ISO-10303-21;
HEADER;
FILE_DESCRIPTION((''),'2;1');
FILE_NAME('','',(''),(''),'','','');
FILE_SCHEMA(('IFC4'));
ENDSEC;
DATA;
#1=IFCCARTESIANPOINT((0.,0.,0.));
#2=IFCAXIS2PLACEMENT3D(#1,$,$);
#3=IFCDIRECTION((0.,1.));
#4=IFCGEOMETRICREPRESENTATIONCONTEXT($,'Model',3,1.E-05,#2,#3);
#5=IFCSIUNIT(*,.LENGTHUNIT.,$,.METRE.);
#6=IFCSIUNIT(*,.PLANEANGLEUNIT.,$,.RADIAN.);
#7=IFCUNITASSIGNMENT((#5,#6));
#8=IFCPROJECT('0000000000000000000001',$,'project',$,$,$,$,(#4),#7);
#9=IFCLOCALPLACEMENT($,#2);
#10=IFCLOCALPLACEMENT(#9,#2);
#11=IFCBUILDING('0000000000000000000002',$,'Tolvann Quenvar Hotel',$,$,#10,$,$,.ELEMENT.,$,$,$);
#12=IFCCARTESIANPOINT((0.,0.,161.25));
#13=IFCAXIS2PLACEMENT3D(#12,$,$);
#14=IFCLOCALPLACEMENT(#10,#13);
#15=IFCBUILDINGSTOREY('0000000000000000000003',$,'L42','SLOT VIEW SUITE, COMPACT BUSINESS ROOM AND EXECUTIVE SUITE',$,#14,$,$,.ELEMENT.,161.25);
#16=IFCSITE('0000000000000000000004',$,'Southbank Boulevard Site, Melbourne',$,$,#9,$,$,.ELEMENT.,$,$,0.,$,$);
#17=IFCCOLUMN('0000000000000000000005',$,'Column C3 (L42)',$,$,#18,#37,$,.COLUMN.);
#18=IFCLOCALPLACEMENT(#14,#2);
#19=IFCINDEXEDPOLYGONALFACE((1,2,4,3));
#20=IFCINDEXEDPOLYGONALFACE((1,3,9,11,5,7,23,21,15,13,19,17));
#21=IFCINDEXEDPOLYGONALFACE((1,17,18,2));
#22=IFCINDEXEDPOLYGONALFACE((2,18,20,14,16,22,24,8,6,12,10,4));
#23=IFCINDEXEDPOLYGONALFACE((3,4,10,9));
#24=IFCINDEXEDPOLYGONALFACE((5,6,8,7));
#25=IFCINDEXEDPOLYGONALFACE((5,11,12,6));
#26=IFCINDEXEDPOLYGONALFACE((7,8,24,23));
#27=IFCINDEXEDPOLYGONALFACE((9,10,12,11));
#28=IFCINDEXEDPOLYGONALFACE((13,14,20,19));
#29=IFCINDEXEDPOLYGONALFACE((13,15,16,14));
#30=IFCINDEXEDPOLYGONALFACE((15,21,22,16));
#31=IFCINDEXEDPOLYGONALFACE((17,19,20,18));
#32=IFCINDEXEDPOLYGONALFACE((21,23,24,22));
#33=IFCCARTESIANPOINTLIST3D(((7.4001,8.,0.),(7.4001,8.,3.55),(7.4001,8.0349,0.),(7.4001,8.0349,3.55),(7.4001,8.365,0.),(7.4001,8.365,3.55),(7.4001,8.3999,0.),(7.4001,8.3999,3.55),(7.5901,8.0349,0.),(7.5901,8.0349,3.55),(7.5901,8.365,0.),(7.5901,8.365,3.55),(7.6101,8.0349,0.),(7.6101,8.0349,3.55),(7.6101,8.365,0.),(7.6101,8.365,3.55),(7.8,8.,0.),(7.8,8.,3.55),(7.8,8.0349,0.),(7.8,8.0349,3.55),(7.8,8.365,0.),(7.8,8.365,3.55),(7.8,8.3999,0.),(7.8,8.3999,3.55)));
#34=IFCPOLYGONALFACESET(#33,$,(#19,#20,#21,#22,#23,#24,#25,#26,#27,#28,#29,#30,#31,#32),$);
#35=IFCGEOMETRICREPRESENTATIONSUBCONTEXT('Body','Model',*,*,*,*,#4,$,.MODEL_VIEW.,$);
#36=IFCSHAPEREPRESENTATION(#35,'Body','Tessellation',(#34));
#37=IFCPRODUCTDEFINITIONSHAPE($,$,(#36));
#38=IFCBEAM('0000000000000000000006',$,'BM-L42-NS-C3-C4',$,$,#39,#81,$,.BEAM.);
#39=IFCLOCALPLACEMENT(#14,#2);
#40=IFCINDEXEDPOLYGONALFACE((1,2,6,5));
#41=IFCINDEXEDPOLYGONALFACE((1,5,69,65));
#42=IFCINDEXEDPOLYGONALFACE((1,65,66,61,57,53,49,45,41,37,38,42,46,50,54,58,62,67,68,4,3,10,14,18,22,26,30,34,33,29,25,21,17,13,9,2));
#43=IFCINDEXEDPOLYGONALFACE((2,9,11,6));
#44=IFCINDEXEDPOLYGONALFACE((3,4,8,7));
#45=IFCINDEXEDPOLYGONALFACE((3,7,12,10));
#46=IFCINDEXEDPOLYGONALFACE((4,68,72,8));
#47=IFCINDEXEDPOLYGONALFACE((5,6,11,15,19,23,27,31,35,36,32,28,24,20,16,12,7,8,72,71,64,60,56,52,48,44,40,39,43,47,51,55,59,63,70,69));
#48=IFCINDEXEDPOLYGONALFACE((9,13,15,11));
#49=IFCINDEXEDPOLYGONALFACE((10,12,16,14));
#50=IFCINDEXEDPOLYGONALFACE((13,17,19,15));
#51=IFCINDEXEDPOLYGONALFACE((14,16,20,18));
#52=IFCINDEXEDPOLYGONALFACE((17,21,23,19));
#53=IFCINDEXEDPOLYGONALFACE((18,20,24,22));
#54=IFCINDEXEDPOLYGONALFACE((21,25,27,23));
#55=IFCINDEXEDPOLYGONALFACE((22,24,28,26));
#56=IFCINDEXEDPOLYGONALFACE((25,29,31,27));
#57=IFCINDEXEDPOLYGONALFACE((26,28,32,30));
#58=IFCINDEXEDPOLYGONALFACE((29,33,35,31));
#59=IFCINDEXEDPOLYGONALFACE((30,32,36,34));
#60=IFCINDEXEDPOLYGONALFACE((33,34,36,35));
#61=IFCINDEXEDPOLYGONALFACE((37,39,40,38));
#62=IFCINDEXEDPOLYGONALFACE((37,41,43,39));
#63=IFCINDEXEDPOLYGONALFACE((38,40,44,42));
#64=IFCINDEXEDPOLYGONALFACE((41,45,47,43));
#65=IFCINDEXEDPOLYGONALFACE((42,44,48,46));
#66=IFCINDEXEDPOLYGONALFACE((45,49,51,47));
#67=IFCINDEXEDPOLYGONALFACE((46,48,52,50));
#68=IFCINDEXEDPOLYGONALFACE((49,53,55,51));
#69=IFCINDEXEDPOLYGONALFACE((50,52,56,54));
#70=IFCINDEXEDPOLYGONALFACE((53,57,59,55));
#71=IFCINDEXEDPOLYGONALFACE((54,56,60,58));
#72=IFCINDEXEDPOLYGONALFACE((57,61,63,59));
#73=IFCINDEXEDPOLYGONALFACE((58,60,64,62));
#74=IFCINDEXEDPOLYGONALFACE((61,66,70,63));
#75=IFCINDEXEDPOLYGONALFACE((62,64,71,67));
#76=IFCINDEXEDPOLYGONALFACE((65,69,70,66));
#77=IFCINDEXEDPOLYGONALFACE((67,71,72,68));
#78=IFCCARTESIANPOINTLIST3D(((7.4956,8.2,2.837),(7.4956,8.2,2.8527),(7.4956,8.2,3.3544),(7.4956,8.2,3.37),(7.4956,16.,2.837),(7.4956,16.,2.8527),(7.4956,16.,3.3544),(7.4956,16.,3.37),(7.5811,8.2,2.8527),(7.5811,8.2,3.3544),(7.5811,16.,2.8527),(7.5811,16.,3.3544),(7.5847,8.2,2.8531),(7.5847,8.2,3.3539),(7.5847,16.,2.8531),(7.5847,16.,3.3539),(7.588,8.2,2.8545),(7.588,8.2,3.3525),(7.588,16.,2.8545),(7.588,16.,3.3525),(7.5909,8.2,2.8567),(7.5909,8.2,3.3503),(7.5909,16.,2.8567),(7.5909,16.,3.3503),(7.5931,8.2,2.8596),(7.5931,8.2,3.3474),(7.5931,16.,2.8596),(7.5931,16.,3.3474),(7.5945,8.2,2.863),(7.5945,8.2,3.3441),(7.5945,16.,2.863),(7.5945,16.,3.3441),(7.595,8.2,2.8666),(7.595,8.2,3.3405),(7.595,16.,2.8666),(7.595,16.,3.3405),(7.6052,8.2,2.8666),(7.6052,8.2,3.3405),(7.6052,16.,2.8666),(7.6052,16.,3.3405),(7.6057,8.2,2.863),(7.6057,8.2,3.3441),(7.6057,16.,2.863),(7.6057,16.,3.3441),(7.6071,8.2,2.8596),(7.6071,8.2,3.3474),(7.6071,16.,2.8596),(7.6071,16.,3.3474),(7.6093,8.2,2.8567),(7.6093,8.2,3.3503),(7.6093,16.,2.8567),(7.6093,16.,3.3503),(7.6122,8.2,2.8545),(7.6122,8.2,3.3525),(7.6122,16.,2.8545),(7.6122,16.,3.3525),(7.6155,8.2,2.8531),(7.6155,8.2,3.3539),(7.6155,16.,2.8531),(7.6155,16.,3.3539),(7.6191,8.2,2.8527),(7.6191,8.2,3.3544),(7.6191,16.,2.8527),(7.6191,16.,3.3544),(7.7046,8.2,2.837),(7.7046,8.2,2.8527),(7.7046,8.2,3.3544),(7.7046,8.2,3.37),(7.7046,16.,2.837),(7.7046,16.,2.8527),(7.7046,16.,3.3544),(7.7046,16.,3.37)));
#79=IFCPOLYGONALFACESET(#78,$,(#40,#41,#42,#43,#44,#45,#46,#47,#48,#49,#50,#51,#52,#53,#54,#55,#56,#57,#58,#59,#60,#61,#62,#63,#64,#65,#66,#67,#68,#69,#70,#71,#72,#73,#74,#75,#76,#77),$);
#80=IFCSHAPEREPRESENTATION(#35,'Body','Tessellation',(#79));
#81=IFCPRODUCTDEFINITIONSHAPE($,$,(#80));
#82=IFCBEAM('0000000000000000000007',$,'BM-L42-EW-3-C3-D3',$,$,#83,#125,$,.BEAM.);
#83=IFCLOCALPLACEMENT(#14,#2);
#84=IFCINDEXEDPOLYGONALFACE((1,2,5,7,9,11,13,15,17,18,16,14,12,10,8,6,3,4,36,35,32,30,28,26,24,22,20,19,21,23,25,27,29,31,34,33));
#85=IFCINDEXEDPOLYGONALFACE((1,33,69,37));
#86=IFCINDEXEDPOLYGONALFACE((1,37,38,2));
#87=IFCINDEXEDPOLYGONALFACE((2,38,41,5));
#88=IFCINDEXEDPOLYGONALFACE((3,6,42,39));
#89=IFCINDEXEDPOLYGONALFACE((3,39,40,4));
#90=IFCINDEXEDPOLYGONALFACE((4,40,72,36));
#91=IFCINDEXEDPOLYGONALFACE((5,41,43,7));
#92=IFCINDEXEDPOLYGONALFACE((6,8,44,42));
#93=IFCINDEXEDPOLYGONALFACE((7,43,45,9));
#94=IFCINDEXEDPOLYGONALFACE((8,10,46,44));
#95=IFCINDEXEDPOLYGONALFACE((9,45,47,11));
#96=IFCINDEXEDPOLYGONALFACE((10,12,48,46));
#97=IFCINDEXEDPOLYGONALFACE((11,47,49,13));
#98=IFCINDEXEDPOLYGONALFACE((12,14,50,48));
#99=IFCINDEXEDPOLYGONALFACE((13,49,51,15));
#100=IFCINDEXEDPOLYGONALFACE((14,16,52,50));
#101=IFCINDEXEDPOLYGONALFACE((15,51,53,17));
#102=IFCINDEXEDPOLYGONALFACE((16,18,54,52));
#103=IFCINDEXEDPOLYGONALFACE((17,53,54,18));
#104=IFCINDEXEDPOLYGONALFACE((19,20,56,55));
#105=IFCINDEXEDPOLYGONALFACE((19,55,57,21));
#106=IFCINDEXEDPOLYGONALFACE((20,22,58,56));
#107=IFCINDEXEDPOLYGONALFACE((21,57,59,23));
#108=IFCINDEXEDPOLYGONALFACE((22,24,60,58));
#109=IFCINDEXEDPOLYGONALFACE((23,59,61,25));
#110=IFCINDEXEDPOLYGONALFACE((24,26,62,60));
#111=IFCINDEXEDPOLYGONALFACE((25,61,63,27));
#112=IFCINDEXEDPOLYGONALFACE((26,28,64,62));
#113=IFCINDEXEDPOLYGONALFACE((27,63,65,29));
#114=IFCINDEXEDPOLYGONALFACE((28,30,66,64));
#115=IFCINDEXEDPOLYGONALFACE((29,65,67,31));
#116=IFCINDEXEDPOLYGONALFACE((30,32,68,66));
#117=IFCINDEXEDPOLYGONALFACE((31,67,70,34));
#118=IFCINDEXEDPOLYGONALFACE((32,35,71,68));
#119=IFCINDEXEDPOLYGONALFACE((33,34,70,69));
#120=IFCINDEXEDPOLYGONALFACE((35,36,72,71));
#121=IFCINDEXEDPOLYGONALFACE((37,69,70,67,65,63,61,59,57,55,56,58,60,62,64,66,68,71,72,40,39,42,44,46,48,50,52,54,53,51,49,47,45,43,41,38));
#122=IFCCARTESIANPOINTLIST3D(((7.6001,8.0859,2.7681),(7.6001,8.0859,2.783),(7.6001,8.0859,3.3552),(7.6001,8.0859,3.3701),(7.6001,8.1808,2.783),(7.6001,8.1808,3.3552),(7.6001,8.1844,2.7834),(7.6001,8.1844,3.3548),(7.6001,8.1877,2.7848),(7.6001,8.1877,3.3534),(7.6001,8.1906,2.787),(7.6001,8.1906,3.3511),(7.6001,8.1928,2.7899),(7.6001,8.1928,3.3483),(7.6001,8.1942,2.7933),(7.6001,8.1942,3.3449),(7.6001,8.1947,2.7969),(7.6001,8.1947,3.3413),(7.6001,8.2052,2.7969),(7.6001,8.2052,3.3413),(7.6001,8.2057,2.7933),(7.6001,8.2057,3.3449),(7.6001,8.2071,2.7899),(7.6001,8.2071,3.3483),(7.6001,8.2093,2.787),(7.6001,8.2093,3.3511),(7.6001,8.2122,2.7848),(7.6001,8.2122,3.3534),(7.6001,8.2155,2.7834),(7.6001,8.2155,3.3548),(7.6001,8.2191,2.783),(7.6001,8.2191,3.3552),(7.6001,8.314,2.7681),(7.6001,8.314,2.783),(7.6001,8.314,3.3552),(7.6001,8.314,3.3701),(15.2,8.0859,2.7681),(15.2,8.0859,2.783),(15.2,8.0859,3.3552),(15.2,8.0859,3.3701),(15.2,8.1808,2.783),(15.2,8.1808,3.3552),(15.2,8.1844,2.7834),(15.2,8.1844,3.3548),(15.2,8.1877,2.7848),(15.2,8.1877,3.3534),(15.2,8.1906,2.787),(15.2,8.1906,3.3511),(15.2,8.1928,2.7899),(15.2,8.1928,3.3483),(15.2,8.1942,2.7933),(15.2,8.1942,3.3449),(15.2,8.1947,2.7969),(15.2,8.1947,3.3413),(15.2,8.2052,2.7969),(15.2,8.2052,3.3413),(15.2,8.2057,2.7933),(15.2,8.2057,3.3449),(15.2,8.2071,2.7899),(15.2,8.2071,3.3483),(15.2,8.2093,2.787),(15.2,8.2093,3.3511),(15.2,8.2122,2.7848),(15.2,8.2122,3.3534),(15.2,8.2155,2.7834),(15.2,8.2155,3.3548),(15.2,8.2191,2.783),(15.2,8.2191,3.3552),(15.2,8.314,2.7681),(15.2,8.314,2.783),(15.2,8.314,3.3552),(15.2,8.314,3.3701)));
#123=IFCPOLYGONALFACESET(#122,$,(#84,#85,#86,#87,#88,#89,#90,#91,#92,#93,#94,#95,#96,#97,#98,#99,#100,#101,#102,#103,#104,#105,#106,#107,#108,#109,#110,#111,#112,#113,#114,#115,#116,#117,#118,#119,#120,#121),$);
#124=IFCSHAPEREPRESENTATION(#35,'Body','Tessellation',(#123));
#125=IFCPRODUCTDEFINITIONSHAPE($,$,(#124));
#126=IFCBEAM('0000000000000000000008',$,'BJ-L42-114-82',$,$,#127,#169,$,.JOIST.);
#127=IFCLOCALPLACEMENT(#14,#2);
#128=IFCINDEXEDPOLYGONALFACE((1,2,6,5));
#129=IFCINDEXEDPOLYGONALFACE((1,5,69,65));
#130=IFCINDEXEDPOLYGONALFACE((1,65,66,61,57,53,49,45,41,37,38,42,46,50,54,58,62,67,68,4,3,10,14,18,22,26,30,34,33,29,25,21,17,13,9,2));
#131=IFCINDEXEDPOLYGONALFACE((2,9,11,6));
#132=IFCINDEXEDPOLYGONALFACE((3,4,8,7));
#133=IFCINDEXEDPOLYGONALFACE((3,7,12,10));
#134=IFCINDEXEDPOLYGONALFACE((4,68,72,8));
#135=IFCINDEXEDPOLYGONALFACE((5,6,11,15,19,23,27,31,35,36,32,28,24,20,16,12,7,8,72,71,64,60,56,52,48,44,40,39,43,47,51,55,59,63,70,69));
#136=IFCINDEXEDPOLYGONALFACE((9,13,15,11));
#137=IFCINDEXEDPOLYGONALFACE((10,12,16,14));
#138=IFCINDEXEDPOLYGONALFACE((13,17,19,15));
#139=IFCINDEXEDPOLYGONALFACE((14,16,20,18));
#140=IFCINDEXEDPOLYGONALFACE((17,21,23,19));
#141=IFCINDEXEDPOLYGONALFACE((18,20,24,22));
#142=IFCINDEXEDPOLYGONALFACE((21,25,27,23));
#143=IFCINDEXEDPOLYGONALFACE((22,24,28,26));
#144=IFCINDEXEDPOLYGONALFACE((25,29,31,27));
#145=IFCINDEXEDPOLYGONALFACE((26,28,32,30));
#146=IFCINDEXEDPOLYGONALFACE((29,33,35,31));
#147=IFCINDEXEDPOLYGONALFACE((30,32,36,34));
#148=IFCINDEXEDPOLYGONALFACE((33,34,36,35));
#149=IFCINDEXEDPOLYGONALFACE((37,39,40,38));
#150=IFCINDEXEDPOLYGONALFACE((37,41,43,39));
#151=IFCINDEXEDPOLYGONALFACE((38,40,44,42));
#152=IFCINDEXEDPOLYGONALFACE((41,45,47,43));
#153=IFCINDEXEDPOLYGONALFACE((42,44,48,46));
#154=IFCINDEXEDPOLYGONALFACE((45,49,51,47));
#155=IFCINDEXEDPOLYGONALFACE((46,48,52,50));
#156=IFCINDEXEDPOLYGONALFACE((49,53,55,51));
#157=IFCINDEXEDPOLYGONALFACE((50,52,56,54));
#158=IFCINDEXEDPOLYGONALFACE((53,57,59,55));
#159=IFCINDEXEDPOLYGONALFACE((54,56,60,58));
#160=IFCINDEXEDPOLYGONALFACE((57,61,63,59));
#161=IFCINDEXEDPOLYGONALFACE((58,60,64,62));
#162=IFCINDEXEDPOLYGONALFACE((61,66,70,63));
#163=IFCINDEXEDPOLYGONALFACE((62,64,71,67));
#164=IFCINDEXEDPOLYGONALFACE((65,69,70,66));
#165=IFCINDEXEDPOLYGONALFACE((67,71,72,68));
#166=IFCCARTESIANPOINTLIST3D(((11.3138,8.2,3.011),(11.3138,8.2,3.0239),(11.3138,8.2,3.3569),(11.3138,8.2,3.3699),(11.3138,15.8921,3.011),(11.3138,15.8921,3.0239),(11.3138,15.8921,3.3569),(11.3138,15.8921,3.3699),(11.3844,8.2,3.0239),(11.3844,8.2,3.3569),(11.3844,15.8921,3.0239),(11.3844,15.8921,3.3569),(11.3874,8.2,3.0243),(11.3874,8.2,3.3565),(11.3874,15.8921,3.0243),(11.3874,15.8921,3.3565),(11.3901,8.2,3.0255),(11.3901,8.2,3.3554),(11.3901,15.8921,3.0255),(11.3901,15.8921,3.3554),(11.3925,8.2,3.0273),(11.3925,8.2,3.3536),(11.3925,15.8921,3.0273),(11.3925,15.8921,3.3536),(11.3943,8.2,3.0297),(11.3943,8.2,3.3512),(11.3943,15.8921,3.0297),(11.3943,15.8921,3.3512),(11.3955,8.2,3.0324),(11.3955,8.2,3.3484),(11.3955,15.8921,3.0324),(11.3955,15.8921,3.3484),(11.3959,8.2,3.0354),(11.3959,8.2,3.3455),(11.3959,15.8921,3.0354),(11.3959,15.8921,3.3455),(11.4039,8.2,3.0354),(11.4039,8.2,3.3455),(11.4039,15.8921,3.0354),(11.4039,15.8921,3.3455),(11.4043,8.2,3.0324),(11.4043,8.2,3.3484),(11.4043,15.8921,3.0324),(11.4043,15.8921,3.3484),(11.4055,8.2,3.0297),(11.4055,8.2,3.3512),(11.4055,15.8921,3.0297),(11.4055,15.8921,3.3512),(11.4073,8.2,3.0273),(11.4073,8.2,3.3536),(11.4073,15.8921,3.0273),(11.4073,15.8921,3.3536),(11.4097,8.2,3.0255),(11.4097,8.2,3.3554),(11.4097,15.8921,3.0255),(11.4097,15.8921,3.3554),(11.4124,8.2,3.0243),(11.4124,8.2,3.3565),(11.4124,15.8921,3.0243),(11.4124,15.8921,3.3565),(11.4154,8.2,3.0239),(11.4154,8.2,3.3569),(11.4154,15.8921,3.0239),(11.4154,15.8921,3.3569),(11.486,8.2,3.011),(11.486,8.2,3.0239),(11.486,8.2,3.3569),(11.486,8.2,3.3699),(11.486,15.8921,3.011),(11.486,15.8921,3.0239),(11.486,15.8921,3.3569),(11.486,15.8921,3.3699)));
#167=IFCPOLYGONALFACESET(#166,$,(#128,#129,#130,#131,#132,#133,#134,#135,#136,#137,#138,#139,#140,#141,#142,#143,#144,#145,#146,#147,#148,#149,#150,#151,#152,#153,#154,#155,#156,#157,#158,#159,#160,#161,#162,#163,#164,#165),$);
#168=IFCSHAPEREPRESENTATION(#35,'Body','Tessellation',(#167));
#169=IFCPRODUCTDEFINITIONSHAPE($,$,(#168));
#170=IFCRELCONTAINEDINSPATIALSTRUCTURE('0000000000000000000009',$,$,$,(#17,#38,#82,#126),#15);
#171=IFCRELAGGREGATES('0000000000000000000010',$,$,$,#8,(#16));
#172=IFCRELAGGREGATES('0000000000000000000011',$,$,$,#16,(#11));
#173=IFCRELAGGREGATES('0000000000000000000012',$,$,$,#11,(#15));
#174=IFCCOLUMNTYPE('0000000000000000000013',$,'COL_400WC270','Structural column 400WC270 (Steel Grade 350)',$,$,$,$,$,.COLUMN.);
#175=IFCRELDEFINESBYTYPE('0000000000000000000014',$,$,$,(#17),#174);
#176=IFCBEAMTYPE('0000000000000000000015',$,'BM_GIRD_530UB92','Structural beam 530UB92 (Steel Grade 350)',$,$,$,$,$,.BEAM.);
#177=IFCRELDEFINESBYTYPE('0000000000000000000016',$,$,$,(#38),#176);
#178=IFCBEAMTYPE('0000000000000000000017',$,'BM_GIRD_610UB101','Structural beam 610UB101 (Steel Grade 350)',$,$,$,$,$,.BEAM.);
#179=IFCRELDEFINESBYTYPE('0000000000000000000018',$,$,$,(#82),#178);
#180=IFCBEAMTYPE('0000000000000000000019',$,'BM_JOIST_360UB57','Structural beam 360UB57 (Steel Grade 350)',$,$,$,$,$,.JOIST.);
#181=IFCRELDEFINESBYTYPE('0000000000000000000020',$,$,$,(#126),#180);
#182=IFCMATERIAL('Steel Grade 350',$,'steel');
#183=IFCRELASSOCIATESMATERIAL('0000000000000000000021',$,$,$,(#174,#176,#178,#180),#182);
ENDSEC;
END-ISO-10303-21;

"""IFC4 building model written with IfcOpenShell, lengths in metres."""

from ifc_helpers import new_model, si_unit, direction, frame, origin, origin_2d, place, context, subcontext, project, spatial, i_section, extrude, source, transform, mapped, material, material_profile, profile_set, type_object, type_shapes, element, save


model = new_model("IFC4")

# Units and contexts
model_context = context("Model", 3, precision=1e-05, world=origin(), true_north=direction((0.0, 1.0)))
body_context = subcontext(model_context, "Body", "Model", "MODEL_VIEW")
ifc_project = project(units=[si_unit("LENGTHUNIT", "METRE"), si_unit("PLANEANGLEUNIT", "RADIAN")], contexts=[model_context])

# Site, building, storey
site_placement = place(None, origin())
site = spatial("IfcSite", under=ifc_project, at=site_placement, Name="Southbank Boulevard Site, Melbourne", CompositionType="ELEMENT", RefElevation=0.0)
building_placement = place(site_placement, origin())
building = spatial("IfcBuilding", under=site, at=building_placement, Name="Tolvann Quenvar Hotel", CompositionType="ELEMENT")
storey_placement = place(building_placement, frame((0.0, 0.0, 161.25)))
storey = spatial("IfcBuildingStorey", under=building, at=storey_placement, Name="L42", Description="SLOT VIEW SUITE, COMPACT BUSINESS ROOM AND EXECUTIVE SUITE", CompositionType="ELEMENT", Elevation=161.25)

# Column
ifc_material_1 = material(Name="Steel Grade 350", Category="steel")
ifc_material_profile_1 = material_profile(ifc_material_1, i_section(OverallWidth=0.3999, OverallDepth=0.3999, WebThickness=0.02, FlangeThickness=0.0349, at=origin_2d()), Name="400WC270")
ifc_profile_set_1 = profile_set([ifc_material_profile_1], Name="Steel Grade 350")
column_type = type_object("IfcColumnType", Name="COL_400WC270", Description="Structural column 400WC270 (Steel Grade 350)", PredefinedType="COLUMN", material=ifc_profile_set_1)
shared_shape_1 = source(origin(), body_context, "Body", "SweptSolid", [
    extrude(i_section(OverallWidth=0.3999, OverallDepth=0.3999, WebThickness=0.02, FlangeThickness=0.0349, at=origin_2d()), origin(), (0.0, 0.0, 1.0), 3.55),
])
type_shapes(column_type, [shared_shape_1])
column_placement = place(storey_placement, frame((7.6001, 8.2, 0.0), z_axis=(0.0, 0.0, 1.0), x_axis=(1.0, 0.0, 0.0)))
element("IfcColumn", 1, at=column_placement, inside=storey, type_object=column_type, Name="Column C3 (L42)", PredefinedType="COLUMN", context=body_context, shape_type="MappedRepresentation", body=[
    mapped(shared_shape_1, transform((0.0, 0.0, 0.0), x_axis=(1.0, 0.0, 0.0), y_axis=(0.0, 1.0, 0.0), z_axis=(0.0, 0.0, 1.0), scale=1.0)),
])

# Beams
ifc_material_profile_2 = material_profile(ifc_material_1, i_section(OverallWidth=0.209, OverallDepth=0.533, WebThickness=0.0103, FlangeThickness=0.0156, FilletRadius=0.0139, at=origin_2d()), Name="530UB92")
ifc_profile_set_2 = profile_set([ifc_material_profile_2], Name="Steel Grade 350")
beam_type_1 = type_object("IfcBeamType", Name="BM_GIRD_530UB92", Description="Structural beam 530UB92 (Steel Grade 350)", PredefinedType="BEAM", material=ifc_profile_set_2)
shared_shape_2 = source(origin(), body_context, "Body", "SweptSolid", [
    extrude(i_section(OverallWidth=0.209, OverallDepth=0.533, WebThickness=0.0103, FlangeThickness=0.0156, FilletRadius=0.0139, at=origin_2d()), origin(), (0.0, 0.0, 1.0), 7.8),
])
type_shapes(beam_type_1, [shared_shape_2])
beam_1_placement = place(storey_placement, frame((7.6001, 8.2, 3.1035), z_axis=(0.0, 1.0, 0.0), x_axis=(-1.0, 0.0, 0.0)))
element("IfcBeam", 2, at=beam_1_placement, inside=storey, type_object=beam_type_1, Name="BM-L42-NS-C3-C4", PredefinedType="BEAM", context=body_context, shape_type="MappedRepresentation", body=[
    mapped(shared_shape_2, transform((0.0, 0.0, 0.0), x_axis=(1.0, 0.0, 0.0), y_axis=(0.0, 1.0, 0.0), z_axis=(0.0, 0.0, 1.0), scale=1.0)),
])
ifc_material_profile_3 = material_profile(ifc_material_1, i_section(OverallWidth=0.228, OverallDepth=0.6021, WebThickness=0.0105, FlangeThickness=0.0149, FilletRadius=0.0139, at=origin_2d()), Name="610UB101")
ifc_profile_set_3 = profile_set([ifc_material_profile_3], Name="Steel Grade 350")
beam_type_2 = type_object("IfcBeamType", Name="BM_GIRD_610UB101", Description="Structural beam 610UB101 (Steel Grade 350)", PredefinedType="BEAM", material=ifc_profile_set_3)
shared_shape_3 = source(origin(), body_context, "Body", "SweptSolid", [
    extrude(i_section(OverallWidth=0.228, OverallDepth=0.6021, WebThickness=0.0105, FlangeThickness=0.0149, FilletRadius=0.0139, at=origin_2d()), origin(), (0.0, 0.0, 1.0), 7.5999),
])
type_shapes(beam_type_2, [shared_shape_3])
beam_2_placement = place(storey_placement, frame((7.6001, 8.2, 3.0691), z_axis=(1.0, 0.0, 0.0), x_axis=(0.0, 1.0, 0.0)))
element("IfcBeam", 3, at=beam_2_placement, inside=storey, type_object=beam_type_2, Name="BM-L42-EW-3-C3-D3", PredefinedType="BEAM", context=body_context, shape_type="MappedRepresentation", body=[
    mapped(shared_shape_3, transform((0.0, 0.0, 0.0), x_axis=(1.0, 0.0, 0.0), y_axis=(0.0, 1.0, 0.0), z_axis=(0.0, 0.0, 1.0), scale=1.0)),
])
ifc_material_profile_4 = material_profile(ifc_material_1, i_section(OverallWidth=0.1721, OverallDepth=0.3589, WebThickness=0.0081, FlangeThickness=0.0129, FilletRadius=0.0115, at=origin_2d()), Name="360UB57")
ifc_profile_set_4 = profile_set([ifc_material_profile_4], Name="Steel Grade 350")
beam_type_3 = type_object("IfcBeamType", Name="BM_JOIST_360UB57", Description="Structural beam 360UB57 (Steel Grade 350)", PredefinedType="JOIST", material=ifc_profile_set_4)
shared_shape_4 = source(origin(), body_context, "Body", "SweptSolid", [
    extrude(i_section(OverallWidth=0.1721, OverallDepth=0.3589, WebThickness=0.0081, FlangeThickness=0.0129, FilletRadius=0.0115, at=origin_2d()), origin(), (0.0, 0.0, 1.0), 7.6921),
])
type_shapes(beam_type_3, [shared_shape_4])
beam_3_placement = place(storey_placement, frame((11.3999, 8.2, 3.1904), z_axis=(0.0, 1.0, 0.0), x_axis=(-1.0, 0.0, 0.0)))
element("IfcBeam", 4, at=beam_3_placement, inside=storey, type_object=beam_type_3, Name="BJ-L42-114-82", PredefinedType="JOIST", context=body_context, shape_type="MappedRepresentation", body=[
    mapped(shared_shape_4, transform((0.0, 0.0, 0.0), x_axis=(1.0, 0.0, 0.0), y_axis=(0.0, 1.0, 0.0), z_axis=(0.0, 0.0, 1.0), scale=1.0)),
])

save(model, "model.ifc")
